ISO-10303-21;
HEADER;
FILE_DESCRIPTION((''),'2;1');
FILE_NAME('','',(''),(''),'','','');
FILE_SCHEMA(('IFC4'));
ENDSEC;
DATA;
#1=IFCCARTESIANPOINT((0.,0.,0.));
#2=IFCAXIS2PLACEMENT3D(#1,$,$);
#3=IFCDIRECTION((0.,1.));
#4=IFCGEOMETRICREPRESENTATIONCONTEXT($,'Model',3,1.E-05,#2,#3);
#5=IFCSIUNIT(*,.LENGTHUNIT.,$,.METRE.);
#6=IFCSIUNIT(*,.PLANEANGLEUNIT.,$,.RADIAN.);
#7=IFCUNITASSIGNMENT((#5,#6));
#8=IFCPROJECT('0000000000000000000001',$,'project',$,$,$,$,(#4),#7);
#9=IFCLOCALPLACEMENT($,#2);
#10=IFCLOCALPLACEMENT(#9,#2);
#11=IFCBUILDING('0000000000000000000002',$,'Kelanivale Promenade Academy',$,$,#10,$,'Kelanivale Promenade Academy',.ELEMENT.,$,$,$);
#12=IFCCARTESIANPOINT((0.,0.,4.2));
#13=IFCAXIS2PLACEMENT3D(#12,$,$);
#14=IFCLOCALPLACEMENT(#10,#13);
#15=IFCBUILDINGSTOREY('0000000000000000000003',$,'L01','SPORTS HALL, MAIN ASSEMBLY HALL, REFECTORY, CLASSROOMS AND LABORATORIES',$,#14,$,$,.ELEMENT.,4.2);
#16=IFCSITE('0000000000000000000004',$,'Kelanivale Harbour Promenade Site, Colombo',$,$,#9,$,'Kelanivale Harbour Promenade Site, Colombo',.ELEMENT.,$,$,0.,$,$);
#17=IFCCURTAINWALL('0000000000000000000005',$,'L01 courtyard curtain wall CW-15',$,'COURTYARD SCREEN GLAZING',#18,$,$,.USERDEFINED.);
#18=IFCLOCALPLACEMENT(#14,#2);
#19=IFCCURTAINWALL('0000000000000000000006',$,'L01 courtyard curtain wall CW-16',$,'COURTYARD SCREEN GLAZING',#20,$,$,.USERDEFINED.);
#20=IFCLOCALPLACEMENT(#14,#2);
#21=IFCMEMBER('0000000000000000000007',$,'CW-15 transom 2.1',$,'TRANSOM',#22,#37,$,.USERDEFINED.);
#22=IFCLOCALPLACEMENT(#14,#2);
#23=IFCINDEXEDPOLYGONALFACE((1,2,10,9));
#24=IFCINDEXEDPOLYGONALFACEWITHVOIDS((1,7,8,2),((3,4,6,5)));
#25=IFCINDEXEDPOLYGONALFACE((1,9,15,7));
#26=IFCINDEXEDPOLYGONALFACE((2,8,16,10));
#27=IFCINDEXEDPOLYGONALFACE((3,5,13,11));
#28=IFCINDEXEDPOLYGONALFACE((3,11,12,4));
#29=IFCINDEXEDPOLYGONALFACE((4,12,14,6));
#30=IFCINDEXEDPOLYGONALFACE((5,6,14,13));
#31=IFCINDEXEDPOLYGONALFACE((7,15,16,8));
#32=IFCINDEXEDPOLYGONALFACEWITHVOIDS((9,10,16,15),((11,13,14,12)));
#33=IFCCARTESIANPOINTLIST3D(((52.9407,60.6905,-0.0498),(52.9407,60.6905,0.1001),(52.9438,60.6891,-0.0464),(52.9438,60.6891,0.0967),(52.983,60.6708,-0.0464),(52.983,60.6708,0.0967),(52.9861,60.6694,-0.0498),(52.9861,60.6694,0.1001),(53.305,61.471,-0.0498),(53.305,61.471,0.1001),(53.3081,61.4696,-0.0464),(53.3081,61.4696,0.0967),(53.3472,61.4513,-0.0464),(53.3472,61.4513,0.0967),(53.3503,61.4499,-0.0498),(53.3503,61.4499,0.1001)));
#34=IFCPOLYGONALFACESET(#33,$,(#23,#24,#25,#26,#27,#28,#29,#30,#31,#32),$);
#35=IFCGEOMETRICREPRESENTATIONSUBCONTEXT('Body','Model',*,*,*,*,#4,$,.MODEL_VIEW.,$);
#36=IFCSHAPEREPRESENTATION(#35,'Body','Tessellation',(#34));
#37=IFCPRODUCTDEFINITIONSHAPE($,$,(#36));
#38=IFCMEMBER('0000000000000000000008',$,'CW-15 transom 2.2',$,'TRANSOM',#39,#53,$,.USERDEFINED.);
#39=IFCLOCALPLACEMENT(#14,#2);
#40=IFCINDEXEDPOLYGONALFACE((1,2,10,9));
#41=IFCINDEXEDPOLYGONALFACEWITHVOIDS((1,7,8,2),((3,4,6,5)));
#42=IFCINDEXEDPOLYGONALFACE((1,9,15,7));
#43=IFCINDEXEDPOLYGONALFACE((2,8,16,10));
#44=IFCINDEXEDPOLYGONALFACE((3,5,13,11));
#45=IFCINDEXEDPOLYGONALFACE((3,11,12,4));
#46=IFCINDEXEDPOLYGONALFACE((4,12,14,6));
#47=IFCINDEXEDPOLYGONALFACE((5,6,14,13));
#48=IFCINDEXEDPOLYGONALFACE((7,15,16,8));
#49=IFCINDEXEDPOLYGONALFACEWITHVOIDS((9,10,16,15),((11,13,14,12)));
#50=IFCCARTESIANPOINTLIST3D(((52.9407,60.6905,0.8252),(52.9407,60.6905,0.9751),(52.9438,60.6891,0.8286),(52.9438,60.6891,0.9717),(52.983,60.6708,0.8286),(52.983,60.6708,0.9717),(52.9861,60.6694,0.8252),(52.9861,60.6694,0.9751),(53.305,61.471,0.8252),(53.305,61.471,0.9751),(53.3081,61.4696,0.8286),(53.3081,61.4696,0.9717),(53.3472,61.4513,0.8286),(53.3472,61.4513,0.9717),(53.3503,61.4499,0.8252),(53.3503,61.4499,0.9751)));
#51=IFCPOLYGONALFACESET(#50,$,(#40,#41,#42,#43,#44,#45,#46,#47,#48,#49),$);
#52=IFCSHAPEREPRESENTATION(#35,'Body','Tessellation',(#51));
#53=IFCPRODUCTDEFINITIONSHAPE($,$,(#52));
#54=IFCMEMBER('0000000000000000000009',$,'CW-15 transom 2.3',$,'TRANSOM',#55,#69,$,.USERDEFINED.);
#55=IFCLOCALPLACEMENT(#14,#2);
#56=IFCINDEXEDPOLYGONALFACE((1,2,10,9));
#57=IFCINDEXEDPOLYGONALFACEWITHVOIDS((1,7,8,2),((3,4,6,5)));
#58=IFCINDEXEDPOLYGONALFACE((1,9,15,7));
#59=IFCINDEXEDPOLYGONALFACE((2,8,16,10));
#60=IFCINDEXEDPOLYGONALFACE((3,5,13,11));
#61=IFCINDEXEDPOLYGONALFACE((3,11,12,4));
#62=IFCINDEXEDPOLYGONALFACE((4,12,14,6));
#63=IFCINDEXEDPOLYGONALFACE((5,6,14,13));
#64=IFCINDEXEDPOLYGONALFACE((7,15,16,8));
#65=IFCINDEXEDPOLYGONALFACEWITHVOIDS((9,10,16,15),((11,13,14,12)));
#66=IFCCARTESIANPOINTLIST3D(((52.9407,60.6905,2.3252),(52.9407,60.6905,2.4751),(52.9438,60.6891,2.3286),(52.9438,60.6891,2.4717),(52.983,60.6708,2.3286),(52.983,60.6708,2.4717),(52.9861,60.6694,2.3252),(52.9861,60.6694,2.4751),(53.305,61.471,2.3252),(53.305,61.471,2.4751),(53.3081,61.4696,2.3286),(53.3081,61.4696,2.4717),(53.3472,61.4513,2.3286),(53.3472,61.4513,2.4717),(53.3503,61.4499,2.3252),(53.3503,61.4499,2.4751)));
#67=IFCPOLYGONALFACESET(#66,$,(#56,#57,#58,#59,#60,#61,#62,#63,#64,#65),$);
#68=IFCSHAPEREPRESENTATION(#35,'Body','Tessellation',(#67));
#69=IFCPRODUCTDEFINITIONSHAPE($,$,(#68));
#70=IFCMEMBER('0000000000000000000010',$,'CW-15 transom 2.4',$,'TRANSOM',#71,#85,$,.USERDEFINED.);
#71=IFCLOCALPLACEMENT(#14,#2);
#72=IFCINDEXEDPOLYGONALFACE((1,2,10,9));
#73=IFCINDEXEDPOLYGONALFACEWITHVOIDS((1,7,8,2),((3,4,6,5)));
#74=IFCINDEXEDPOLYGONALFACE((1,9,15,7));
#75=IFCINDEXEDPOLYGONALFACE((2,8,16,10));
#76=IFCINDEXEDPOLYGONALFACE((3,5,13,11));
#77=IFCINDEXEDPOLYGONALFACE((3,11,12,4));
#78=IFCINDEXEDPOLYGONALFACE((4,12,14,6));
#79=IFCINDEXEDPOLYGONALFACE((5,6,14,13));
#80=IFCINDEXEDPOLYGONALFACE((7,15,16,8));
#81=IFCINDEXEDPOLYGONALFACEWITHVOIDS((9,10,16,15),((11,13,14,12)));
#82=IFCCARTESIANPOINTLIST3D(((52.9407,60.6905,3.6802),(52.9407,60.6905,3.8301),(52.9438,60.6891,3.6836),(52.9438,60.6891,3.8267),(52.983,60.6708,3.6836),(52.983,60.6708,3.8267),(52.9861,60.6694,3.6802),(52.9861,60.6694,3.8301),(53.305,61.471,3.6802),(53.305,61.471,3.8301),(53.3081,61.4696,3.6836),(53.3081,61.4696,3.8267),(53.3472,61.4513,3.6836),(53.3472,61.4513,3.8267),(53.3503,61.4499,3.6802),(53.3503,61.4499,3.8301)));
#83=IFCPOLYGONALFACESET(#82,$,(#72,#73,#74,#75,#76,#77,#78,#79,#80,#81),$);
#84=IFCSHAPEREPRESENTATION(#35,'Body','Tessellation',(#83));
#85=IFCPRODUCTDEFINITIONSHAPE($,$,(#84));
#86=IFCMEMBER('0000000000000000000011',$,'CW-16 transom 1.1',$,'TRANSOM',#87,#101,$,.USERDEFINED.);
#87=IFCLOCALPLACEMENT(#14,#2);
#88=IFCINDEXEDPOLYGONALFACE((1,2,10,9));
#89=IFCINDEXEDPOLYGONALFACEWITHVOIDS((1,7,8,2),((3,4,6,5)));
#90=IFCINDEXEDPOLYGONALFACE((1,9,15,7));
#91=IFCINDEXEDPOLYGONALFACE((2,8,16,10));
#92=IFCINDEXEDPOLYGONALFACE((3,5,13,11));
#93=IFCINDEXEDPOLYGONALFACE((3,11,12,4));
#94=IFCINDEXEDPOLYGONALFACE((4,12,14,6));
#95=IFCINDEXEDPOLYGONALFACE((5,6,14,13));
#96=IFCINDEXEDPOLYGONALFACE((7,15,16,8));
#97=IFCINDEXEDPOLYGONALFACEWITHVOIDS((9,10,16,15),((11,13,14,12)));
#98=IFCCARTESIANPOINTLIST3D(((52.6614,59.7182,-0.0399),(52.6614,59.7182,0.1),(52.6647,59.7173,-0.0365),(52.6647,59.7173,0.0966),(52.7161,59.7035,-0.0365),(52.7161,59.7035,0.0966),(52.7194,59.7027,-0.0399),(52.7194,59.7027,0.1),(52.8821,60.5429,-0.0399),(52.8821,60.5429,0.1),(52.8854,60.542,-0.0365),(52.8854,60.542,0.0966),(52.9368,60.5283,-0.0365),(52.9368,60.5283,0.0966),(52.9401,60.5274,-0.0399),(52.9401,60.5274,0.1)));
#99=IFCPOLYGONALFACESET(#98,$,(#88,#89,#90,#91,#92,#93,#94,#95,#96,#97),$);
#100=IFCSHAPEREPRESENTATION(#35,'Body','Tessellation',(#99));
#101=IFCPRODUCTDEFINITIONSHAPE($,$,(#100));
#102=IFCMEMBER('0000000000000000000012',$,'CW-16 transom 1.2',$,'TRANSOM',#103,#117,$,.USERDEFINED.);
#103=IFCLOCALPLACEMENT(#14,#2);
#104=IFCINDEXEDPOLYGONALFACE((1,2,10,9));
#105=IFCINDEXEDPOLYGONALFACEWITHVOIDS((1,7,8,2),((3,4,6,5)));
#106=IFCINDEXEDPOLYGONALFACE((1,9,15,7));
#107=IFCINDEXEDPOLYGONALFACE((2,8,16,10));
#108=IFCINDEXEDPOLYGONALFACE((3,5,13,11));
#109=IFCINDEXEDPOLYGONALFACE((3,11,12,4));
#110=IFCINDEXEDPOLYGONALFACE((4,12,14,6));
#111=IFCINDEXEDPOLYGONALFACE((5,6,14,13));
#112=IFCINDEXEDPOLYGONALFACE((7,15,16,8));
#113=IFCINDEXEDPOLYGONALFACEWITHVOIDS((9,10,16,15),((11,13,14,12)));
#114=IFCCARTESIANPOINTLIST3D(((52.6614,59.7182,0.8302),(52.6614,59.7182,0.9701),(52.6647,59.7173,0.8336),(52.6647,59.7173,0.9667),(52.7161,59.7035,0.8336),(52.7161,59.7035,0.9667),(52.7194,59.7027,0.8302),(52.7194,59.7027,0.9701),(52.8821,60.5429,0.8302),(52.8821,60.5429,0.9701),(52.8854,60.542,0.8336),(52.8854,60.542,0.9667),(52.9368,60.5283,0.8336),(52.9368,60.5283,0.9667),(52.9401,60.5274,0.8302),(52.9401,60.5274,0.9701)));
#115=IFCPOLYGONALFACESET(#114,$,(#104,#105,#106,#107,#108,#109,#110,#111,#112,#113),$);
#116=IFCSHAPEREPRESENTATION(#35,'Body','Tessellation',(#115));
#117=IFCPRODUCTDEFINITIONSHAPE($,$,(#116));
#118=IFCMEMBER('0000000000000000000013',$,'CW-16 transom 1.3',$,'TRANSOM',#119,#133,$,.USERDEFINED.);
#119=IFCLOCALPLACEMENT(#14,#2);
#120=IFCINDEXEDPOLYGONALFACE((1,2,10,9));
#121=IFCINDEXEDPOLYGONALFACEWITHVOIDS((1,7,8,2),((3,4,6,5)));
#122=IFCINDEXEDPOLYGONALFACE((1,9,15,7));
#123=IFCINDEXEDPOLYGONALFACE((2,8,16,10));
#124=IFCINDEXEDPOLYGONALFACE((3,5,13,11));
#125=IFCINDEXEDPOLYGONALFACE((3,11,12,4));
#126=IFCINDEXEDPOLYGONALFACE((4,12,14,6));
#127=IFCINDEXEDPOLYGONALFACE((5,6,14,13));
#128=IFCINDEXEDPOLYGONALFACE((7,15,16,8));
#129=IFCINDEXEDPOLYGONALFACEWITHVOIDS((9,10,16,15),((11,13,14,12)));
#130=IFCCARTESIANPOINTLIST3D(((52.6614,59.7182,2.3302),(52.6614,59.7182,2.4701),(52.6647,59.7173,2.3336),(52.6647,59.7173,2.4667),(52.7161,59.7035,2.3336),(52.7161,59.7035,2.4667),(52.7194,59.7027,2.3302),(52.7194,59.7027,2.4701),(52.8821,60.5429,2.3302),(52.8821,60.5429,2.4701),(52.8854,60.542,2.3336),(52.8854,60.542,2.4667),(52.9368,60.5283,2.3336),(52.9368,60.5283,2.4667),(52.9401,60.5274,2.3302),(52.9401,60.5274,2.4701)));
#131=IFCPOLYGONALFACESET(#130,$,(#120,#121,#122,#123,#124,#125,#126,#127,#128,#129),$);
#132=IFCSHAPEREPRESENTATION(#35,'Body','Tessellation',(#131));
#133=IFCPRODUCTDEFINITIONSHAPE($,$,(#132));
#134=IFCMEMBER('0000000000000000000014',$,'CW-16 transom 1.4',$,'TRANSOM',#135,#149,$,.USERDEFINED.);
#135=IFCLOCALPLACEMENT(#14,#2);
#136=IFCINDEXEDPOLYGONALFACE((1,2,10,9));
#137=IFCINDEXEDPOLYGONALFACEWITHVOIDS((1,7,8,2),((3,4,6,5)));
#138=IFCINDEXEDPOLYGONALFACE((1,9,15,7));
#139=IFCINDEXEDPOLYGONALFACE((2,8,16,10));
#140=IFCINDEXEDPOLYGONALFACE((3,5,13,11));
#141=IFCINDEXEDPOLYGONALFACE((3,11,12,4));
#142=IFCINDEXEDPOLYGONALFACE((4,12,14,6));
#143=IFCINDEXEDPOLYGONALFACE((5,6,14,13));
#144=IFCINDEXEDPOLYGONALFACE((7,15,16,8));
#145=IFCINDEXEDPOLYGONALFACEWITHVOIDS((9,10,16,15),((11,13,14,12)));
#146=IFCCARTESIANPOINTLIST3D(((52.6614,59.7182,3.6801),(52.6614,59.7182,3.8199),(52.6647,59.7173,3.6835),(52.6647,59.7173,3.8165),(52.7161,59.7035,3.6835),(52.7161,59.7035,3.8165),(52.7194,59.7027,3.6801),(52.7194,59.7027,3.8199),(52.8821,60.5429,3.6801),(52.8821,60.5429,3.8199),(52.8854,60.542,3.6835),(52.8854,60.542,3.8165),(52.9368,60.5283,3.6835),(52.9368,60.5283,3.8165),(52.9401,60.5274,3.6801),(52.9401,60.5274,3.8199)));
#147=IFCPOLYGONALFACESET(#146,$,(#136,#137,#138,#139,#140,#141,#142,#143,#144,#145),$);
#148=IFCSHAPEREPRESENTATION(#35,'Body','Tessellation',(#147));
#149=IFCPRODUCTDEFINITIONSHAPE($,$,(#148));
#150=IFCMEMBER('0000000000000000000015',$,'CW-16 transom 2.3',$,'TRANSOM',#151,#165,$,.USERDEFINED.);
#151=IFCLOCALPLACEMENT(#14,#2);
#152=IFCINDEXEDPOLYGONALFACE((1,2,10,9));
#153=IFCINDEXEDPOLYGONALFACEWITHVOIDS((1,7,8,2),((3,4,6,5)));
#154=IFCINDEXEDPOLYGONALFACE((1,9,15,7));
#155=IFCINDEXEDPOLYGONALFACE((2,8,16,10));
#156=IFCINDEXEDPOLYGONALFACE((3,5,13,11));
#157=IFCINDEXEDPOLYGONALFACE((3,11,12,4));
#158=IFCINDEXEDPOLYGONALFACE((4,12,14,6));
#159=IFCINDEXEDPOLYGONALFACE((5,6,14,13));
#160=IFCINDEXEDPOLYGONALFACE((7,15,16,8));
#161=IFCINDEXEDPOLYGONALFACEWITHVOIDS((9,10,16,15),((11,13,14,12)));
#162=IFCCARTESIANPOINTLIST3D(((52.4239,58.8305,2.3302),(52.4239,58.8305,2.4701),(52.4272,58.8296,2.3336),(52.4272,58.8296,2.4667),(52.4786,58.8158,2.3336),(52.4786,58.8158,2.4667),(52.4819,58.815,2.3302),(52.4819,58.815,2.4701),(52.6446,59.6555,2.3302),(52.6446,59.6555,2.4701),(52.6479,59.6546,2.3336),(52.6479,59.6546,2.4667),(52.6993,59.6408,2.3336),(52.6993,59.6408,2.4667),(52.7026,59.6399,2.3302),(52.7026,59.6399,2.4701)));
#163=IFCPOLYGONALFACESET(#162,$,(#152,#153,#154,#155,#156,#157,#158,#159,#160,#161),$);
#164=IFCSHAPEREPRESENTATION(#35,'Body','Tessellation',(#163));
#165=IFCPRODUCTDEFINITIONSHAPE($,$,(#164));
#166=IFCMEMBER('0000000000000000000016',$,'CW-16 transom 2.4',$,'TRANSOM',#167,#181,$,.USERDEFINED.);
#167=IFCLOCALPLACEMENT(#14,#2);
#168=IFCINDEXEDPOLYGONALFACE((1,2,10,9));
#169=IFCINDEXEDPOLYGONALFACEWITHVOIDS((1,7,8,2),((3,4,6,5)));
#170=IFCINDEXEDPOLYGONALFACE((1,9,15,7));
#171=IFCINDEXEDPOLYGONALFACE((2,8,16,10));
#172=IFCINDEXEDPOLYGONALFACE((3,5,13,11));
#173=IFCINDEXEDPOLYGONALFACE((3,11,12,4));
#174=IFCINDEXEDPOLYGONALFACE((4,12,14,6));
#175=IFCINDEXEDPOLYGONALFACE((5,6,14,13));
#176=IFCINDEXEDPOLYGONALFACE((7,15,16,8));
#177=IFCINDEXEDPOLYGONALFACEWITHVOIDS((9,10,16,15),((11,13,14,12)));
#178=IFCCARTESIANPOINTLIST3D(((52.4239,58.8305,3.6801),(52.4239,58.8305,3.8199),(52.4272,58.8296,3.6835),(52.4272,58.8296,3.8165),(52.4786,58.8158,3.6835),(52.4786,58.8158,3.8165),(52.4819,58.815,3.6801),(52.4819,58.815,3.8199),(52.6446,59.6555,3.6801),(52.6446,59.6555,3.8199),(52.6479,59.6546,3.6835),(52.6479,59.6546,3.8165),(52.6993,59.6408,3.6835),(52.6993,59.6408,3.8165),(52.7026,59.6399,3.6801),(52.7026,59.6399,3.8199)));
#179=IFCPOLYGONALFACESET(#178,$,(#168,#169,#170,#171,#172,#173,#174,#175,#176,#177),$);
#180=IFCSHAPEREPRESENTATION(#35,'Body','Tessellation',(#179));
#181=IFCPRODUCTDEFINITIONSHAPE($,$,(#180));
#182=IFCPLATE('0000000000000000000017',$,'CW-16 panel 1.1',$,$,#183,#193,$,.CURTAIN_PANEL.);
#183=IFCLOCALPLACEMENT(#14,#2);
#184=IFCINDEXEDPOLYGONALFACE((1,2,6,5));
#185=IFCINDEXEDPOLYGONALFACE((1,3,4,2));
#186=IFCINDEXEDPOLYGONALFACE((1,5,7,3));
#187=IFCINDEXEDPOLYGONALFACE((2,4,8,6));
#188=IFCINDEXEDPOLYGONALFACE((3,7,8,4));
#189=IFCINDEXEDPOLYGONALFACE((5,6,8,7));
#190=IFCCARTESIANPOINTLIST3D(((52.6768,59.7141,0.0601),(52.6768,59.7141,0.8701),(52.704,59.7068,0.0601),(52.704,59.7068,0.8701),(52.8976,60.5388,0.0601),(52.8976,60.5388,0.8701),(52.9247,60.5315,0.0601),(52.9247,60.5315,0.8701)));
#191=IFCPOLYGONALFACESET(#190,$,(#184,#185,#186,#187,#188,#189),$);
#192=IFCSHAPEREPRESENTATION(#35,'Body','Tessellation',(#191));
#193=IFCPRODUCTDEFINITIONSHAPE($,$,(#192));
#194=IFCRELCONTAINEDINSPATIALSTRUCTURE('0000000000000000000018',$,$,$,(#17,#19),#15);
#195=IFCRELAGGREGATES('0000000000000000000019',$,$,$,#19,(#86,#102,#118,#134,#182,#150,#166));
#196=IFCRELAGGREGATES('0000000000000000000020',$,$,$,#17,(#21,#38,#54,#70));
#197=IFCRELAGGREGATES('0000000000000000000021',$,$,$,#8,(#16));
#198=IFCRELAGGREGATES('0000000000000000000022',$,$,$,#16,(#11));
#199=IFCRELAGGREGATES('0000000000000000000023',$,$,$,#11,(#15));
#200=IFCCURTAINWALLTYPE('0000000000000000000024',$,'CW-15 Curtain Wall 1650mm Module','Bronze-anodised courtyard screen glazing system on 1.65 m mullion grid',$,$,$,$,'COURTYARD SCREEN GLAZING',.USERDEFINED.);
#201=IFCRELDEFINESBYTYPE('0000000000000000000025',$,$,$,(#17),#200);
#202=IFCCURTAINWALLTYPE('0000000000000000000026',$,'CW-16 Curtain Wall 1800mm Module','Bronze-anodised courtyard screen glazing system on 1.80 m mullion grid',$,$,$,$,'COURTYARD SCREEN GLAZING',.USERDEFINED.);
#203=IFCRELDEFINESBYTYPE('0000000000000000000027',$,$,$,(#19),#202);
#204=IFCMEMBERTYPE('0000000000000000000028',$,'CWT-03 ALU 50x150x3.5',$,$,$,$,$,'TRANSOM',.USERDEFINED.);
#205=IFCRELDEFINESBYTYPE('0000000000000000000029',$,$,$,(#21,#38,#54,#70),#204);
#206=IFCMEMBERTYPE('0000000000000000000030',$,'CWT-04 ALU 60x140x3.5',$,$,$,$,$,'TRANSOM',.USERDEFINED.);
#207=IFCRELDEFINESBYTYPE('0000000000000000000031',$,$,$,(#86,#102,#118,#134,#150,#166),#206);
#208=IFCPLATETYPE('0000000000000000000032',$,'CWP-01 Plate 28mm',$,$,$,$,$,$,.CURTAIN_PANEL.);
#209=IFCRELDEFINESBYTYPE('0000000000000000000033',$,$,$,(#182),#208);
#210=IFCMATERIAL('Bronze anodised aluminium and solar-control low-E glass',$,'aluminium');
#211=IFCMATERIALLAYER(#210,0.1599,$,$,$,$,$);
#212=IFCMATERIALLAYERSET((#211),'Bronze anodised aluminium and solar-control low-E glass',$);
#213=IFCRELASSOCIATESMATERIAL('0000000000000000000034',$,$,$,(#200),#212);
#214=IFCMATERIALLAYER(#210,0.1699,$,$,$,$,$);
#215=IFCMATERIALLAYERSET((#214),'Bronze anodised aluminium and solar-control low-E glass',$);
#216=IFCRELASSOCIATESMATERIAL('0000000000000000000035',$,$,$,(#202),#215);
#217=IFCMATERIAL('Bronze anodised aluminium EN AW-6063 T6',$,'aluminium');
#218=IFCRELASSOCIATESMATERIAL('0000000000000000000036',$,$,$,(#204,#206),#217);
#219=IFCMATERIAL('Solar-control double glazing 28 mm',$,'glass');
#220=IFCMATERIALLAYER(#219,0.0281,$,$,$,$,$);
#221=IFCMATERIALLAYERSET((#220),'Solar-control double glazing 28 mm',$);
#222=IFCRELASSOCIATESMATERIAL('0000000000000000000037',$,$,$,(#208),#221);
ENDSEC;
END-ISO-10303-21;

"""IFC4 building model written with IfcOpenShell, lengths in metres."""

from ifc_helpers import new_model, si_unit, direction, frame, origin, origin_2d, place, context, subcontext, project, spatial, rectangle, hollow_rectangle, extrude, material, layer, layer_set, material_profile, profile_set, type_object, element, aggregate, save


model = new_model("IFC4")

# Units and contexts
model_context = context("Model", 3, precision=1e-05, world=origin(), true_north=direction((0.0, 1.0)))
body_context = subcontext(model_context, "Body", "Model", "MODEL_VIEW")
ifc_project = project(units=[si_unit("LENGTHUNIT", "METRE"), si_unit("PLANEANGLEUNIT", "RADIAN")], contexts=[model_context])

# Site, building, storey
site_placement = place(None, origin())
site = spatial("IfcSite", under=ifc_project, at=site_placement, Name="Kelanivale Harbour Promenade Site, Colombo", LongName="Kelanivale Harbour Promenade Site, Colombo", CompositionType="ELEMENT", RefElevation=0.0)
building_placement = place(site_placement, origin())
building = spatial("IfcBuilding", under=site, at=building_placement, Name="Kelanivale Promenade Academy", LongName="Kelanivale Promenade Academy", CompositionType="ELEMENT")
storey_placement = place(building_placement, frame((0.0, 0.0, 4.2)))
storey = spatial("IfcBuildingStorey", under=building, at=storey_placement, Name="L01", Description="SPORTS HALL, MAIN ASSEMBLY HALL, REFECTORY, CLASSROOMS AND LABORATORIES", CompositionType="ELEMENT", Elevation=4.2)

# Shared definitions
ifc_material_1 = material(Name="Bronze anodised aluminium and solar-control low-E glass", Category="aluminium")
ifc_material_2 = material(Name="Bronze anodised aluminium EN AW-6063 T6", Category="aluminium")

# Curtain walls
ifc_layer_1 = layer(ifc_material_1, 0.1599)
ifc_layer_set_1 = layer_set([ifc_layer_1], Name="Bronze anodised aluminium and solar-control low-E glass")
curtain_wall_type_1 = type_object("IfcCurtainWallType", Name="CW-15 Curtain Wall 1650mm Module", Description="Bronze-anodised courtyard screen glazing system on 1.65 m mullion grid", ElementType="COURTYARD SCREEN GLAZING", PredefinedType="USERDEFINED", material=ifc_layer_set_1)
curtain_wall_1_placement = place(storey_placement, origin())
curtain_wall_1 = element("IfcCurtainWall", 1, at=curtain_wall_1_placement, inside=storey, type_object=curtain_wall_type_1, Name="L01 courtyard curtain wall CW-15", ObjectType="COURTYARD SCREEN GLAZING", PredefinedType="USERDEFINED")
ifc_layer_2 = layer(ifc_material_1, 0.1699)
ifc_layer_set_2 = layer_set([ifc_layer_2], Name="Bronze anodised aluminium and solar-control low-E glass")
curtain_wall_type_2 = type_object("IfcCurtainWallType", Name="CW-16 Curtain Wall 1800mm Module", Description="Bronze-anodised courtyard screen glazing system on 1.80 m mullion grid", ElementType="COURTYARD SCREEN GLAZING", PredefinedType="USERDEFINED", material=ifc_layer_set_2)
curtain_wall_2_placement = place(storey_placement, origin())
curtain_wall_2 = element("IfcCurtainWall", 2, at=curtain_wall_2_placement, inside=storey, type_object=curtain_wall_type_2, Name="L01 courtyard curtain wall CW-16", ObjectType="COURTYARD SCREEN GLAZING", PredefinedType="USERDEFINED")

# Members
ifc_material_profile_1 = material_profile(ifc_material_2, hollow_rectangle(XDim=0.05, YDim=0.1499, WallThickness=0.0034, at=origin_2d()), Name="ALU 50x150x3.5")
ifc_profile_set_1 = profile_set([ifc_material_profile_1], Name="Bronze anodised aluminium EN AW-6063 T6")
member_type_1 = type_object("IfcMemberType", Name="CWT-03 ALU 50x150x3.5", ElementType="TRANSOM", PredefinedType="USERDEFINED", material=ifc_profile_set_1)
member_1_placement = place(storey_placement, frame((53.3276, 61.4604, 0.0251), z_axis=(-0.422901, -0.906176, 0.0), x_axis=(0.906176, -0.422901, 0.0)))
member_1 = element("IfcMember", 3, at=member_1_placement, type_object=member_type_1, Name="CW-15 transom 2.1", ObjectType="TRANSOM", PredefinedType="USERDEFINED", context=body_context, shape_type="SweptSolid", body=[
    extrude(hollow_rectangle(XDim=0.05, YDim=0.1499, WallThickness=0.0034, at=origin_2d()), origin(), (0.0, 0.0, 1.0), 0.8613),
])
member_2_placement = place(storey_placement, frame((53.3276, 61.4604, 0.9001), z_axis=(-0.422901, -0.906176, 0.0), x_axis=(0.906176, -0.422901, 0.0)))
member_2 = element("IfcMember", 4, at=member_2_placement, type_object=member_type_1, Name="CW-15 transom 2.2", ObjectType="TRANSOM", PredefinedType="USERDEFINED", context=body_context, shape_type="SweptSolid", body=[
    extrude(hollow_rectangle(XDim=0.05, YDim=0.1499, WallThickness=0.0034, at=origin_2d()), origin(), (0.0, 0.0, 1.0), 0.8613),
])
member_3_placement = place(storey_placement, frame((53.3276, 61.4604, 2.4001), z_axis=(-0.422901, -0.906176, 0.0), x_axis=(0.906176, -0.422901, 0.0)))
member_3 = element("IfcMember", 5, at=member_3_placement, type_object=member_type_1, Name="CW-15 transom 2.3", ObjectType="TRANSOM", PredefinedType="USERDEFINED", context=body_context, shape_type="SweptSolid", body=[
    extrude(hollow_rectangle(XDim=0.05, YDim=0.1499, WallThickness=0.0034, at=origin_2d()), origin(), (0.0, 0.0, 1.0), 0.8613),
])
member_4_placement = place(storey_placement, frame((53.3276, 61.4604, 3.7551), z_axis=(-0.422901, -0.906176, 0.0), x_axis=(0.906176, -0.422901, 0.0)))
member_4 = element("IfcMember", 6, at=member_4_placement, type_object=member_type_1, Name="CW-15 transom 2.4", ObjectType="TRANSOM", PredefinedType="USERDEFINED", context=body_context, shape_type="SweptSolid", body=[
    extrude(hollow_rectangle(XDim=0.05, YDim=0.1499, WallThickness=0.0034, at=origin_2d()), origin(), (0.0, 0.0, 1.0), 0.8613),
])
ifc_material_profile_2 = material_profile(ifc_material_2, hollow_rectangle(XDim=0.0601, YDim=0.1399, WallThickness=0.0034, at=origin_2d()), Name="ALU 60x140x3.5")
ifc_profile_set_2 = profile_set([ifc_material_profile_2], Name="Bronze anodised aluminium EN AW-6063 T6")
member_type_2 = type_object("IfcMemberType", Name="CWT-04 ALU 60x140x3.5", ElementType="TRANSOM", PredefinedType="USERDEFINED", material=ifc_profile_set_2)
member_5_placement = place(storey_placement, frame((52.9111, 60.5352, 0.03), z_axis=(-0.258517, -0.966007, 0.0), x_axis=(0.966007, -0.258517, 0.0)))
member_5 = element("IfcMember", 7, at=member_5_placement, type_object=member_type_2, Name="CW-16 transom 1.1", ObjectType="TRANSOM", PredefinedType="USERDEFINED", context=body_context, shape_type="SweptSolid", body=[
    extrude(hollow_rectangle(XDim=0.0601, YDim=0.1399, WallThickness=0.0034, at=origin_2d()), origin(), (0.0, 0.0, 1.0), 0.8538),
])
member_6_placement = place(storey_placement, frame((52.9111, 60.5352, 0.9001), z_axis=(-0.258517, -0.966007, 0.0), x_axis=(0.966007, -0.258517, 0.0)))
member_6 = element("IfcMember", 8, at=member_6_placement, type_object=member_type_2, Name="CW-16 transom 1.2", ObjectType="TRANSOM", PredefinedType="USERDEFINED", context=body_context, shape_type="SweptSolid", body=[
    extrude(hollow_rectangle(XDim=0.0601, YDim=0.1399, WallThickness=0.0034, at=origin_2d()), origin(), (0.0, 0.0, 1.0), 0.8538),
])
member_7_placement = place(storey_placement, frame((52.9111, 60.5352, 2.4001), z_axis=(-0.258517, -0.966007, 0.0), x_axis=(0.966007, -0.258517, 0.0)))
member_7 = element("IfcMember", 9, at=member_7_placement, type_object=member_type_2, Name="CW-16 transom 1.3", ObjectType="TRANSOM", PredefinedType="USERDEFINED", context=body_context, shape_type="SweptSolid", body=[
    extrude(hollow_rectangle(XDim=0.0601, YDim=0.1399, WallThickness=0.0034, at=origin_2d()), origin(), (0.0, 0.0, 1.0), 0.8538),
])
member_8_placement = place(storey_placement, frame((52.9111, 60.5352, 3.75), z_axis=(-0.258517, -0.966007, 0.0), x_axis=(0.966007, -0.258517, 0.0)))
member_8 = element("IfcMember", 10, at=member_8_placement, type_object=member_type_2, Name="CW-16 transom 1.4", ObjectType="TRANSOM", PredefinedType="USERDEFINED", context=body_context, shape_type="SweptSolid", body=[
    extrude(hollow_rectangle(XDim=0.0601, YDim=0.1399, WallThickness=0.0034, at=origin_2d()), origin(), (0.0, 0.0, 1.0), 0.8538),
])
member_9_placement = place(storey_placement, frame((52.6736, 59.6477, 2.4001), z_axis=(-0.258446, -0.966026, 0.0), x_axis=(0.966026, -0.258446, 0.0)))
member_9 = element("IfcMember", 11, at=member_9_placement, type_object=member_type_2, Name="CW-16 transom 2.3", ObjectType="TRANSOM", PredefinedType="USERDEFINED", context=body_context, shape_type="SweptSolid", body=[
    extrude(hollow_rectangle(XDim=0.0601, YDim=0.1399, WallThickness=0.0034, at=origin_2d()), origin(), (0.0, 0.0, 1.0), 0.854),
])
member_10_placement = place(storey_placement, frame((52.6736, 59.6477, 3.75), z_axis=(-0.258446, -0.966026, 0.0), x_axis=(0.966026, -0.258446, 0.0)))
member_10 = element("IfcMember", 12, at=member_10_placement, type_object=member_type_2, Name="CW-16 transom 2.4", ObjectType="TRANSOM", PredefinedType="USERDEFINED", context=body_context, shape_type="SweptSolid", body=[
    extrude(hollow_rectangle(XDim=0.0601, YDim=0.1399, WallThickness=0.0034, at=origin_2d()), origin(), (0.0, 0.0, 1.0), 0.854),
])

# Plate
ifc_material_3 = material(Name="Solar-control double glazing 28 mm", Category="glass")
ifc_layer_3 = layer(ifc_material_3, 0.0281)
ifc_layer_set_3 = layer_set([ifc_layer_3], Name="Solar-control double glazing 28 mm")
plate_type_1 = type_object("IfcPlateType", Name="CWP-01 Plate 28mm", PredefinedType="CURTAIN_PANEL", material=ifc_layer_set_3)
plate_1_placement = place(storey_placement, frame((52.8008, 60.1228, 0.0601), z_axis=(0.0, 0.0, 1.0), x_axis=(-0.258578, -0.96599, 0.0)))
plate_1 = element("IfcPlate", 13, at=plate_1_placement, type_object=plate_type_1, Name="CW-16 panel 1.1", PredefinedType="CURTAIN_PANEL", context=body_context, shape_type="SweptSolid", body=[
    extrude(rectangle(XDim=0.8538, YDim=0.0281, at=origin_2d()), origin(), (0.0, 0.0, 1.0), 0.8101),
])
aggregate(curtain_wall_2, [member_5, member_6, member_7, member_8, plate_1, member_9, member_10])
aggregate(curtain_wall_1, [member_1, member_2, member_3, member_4])

save(model, "model.ifc")
